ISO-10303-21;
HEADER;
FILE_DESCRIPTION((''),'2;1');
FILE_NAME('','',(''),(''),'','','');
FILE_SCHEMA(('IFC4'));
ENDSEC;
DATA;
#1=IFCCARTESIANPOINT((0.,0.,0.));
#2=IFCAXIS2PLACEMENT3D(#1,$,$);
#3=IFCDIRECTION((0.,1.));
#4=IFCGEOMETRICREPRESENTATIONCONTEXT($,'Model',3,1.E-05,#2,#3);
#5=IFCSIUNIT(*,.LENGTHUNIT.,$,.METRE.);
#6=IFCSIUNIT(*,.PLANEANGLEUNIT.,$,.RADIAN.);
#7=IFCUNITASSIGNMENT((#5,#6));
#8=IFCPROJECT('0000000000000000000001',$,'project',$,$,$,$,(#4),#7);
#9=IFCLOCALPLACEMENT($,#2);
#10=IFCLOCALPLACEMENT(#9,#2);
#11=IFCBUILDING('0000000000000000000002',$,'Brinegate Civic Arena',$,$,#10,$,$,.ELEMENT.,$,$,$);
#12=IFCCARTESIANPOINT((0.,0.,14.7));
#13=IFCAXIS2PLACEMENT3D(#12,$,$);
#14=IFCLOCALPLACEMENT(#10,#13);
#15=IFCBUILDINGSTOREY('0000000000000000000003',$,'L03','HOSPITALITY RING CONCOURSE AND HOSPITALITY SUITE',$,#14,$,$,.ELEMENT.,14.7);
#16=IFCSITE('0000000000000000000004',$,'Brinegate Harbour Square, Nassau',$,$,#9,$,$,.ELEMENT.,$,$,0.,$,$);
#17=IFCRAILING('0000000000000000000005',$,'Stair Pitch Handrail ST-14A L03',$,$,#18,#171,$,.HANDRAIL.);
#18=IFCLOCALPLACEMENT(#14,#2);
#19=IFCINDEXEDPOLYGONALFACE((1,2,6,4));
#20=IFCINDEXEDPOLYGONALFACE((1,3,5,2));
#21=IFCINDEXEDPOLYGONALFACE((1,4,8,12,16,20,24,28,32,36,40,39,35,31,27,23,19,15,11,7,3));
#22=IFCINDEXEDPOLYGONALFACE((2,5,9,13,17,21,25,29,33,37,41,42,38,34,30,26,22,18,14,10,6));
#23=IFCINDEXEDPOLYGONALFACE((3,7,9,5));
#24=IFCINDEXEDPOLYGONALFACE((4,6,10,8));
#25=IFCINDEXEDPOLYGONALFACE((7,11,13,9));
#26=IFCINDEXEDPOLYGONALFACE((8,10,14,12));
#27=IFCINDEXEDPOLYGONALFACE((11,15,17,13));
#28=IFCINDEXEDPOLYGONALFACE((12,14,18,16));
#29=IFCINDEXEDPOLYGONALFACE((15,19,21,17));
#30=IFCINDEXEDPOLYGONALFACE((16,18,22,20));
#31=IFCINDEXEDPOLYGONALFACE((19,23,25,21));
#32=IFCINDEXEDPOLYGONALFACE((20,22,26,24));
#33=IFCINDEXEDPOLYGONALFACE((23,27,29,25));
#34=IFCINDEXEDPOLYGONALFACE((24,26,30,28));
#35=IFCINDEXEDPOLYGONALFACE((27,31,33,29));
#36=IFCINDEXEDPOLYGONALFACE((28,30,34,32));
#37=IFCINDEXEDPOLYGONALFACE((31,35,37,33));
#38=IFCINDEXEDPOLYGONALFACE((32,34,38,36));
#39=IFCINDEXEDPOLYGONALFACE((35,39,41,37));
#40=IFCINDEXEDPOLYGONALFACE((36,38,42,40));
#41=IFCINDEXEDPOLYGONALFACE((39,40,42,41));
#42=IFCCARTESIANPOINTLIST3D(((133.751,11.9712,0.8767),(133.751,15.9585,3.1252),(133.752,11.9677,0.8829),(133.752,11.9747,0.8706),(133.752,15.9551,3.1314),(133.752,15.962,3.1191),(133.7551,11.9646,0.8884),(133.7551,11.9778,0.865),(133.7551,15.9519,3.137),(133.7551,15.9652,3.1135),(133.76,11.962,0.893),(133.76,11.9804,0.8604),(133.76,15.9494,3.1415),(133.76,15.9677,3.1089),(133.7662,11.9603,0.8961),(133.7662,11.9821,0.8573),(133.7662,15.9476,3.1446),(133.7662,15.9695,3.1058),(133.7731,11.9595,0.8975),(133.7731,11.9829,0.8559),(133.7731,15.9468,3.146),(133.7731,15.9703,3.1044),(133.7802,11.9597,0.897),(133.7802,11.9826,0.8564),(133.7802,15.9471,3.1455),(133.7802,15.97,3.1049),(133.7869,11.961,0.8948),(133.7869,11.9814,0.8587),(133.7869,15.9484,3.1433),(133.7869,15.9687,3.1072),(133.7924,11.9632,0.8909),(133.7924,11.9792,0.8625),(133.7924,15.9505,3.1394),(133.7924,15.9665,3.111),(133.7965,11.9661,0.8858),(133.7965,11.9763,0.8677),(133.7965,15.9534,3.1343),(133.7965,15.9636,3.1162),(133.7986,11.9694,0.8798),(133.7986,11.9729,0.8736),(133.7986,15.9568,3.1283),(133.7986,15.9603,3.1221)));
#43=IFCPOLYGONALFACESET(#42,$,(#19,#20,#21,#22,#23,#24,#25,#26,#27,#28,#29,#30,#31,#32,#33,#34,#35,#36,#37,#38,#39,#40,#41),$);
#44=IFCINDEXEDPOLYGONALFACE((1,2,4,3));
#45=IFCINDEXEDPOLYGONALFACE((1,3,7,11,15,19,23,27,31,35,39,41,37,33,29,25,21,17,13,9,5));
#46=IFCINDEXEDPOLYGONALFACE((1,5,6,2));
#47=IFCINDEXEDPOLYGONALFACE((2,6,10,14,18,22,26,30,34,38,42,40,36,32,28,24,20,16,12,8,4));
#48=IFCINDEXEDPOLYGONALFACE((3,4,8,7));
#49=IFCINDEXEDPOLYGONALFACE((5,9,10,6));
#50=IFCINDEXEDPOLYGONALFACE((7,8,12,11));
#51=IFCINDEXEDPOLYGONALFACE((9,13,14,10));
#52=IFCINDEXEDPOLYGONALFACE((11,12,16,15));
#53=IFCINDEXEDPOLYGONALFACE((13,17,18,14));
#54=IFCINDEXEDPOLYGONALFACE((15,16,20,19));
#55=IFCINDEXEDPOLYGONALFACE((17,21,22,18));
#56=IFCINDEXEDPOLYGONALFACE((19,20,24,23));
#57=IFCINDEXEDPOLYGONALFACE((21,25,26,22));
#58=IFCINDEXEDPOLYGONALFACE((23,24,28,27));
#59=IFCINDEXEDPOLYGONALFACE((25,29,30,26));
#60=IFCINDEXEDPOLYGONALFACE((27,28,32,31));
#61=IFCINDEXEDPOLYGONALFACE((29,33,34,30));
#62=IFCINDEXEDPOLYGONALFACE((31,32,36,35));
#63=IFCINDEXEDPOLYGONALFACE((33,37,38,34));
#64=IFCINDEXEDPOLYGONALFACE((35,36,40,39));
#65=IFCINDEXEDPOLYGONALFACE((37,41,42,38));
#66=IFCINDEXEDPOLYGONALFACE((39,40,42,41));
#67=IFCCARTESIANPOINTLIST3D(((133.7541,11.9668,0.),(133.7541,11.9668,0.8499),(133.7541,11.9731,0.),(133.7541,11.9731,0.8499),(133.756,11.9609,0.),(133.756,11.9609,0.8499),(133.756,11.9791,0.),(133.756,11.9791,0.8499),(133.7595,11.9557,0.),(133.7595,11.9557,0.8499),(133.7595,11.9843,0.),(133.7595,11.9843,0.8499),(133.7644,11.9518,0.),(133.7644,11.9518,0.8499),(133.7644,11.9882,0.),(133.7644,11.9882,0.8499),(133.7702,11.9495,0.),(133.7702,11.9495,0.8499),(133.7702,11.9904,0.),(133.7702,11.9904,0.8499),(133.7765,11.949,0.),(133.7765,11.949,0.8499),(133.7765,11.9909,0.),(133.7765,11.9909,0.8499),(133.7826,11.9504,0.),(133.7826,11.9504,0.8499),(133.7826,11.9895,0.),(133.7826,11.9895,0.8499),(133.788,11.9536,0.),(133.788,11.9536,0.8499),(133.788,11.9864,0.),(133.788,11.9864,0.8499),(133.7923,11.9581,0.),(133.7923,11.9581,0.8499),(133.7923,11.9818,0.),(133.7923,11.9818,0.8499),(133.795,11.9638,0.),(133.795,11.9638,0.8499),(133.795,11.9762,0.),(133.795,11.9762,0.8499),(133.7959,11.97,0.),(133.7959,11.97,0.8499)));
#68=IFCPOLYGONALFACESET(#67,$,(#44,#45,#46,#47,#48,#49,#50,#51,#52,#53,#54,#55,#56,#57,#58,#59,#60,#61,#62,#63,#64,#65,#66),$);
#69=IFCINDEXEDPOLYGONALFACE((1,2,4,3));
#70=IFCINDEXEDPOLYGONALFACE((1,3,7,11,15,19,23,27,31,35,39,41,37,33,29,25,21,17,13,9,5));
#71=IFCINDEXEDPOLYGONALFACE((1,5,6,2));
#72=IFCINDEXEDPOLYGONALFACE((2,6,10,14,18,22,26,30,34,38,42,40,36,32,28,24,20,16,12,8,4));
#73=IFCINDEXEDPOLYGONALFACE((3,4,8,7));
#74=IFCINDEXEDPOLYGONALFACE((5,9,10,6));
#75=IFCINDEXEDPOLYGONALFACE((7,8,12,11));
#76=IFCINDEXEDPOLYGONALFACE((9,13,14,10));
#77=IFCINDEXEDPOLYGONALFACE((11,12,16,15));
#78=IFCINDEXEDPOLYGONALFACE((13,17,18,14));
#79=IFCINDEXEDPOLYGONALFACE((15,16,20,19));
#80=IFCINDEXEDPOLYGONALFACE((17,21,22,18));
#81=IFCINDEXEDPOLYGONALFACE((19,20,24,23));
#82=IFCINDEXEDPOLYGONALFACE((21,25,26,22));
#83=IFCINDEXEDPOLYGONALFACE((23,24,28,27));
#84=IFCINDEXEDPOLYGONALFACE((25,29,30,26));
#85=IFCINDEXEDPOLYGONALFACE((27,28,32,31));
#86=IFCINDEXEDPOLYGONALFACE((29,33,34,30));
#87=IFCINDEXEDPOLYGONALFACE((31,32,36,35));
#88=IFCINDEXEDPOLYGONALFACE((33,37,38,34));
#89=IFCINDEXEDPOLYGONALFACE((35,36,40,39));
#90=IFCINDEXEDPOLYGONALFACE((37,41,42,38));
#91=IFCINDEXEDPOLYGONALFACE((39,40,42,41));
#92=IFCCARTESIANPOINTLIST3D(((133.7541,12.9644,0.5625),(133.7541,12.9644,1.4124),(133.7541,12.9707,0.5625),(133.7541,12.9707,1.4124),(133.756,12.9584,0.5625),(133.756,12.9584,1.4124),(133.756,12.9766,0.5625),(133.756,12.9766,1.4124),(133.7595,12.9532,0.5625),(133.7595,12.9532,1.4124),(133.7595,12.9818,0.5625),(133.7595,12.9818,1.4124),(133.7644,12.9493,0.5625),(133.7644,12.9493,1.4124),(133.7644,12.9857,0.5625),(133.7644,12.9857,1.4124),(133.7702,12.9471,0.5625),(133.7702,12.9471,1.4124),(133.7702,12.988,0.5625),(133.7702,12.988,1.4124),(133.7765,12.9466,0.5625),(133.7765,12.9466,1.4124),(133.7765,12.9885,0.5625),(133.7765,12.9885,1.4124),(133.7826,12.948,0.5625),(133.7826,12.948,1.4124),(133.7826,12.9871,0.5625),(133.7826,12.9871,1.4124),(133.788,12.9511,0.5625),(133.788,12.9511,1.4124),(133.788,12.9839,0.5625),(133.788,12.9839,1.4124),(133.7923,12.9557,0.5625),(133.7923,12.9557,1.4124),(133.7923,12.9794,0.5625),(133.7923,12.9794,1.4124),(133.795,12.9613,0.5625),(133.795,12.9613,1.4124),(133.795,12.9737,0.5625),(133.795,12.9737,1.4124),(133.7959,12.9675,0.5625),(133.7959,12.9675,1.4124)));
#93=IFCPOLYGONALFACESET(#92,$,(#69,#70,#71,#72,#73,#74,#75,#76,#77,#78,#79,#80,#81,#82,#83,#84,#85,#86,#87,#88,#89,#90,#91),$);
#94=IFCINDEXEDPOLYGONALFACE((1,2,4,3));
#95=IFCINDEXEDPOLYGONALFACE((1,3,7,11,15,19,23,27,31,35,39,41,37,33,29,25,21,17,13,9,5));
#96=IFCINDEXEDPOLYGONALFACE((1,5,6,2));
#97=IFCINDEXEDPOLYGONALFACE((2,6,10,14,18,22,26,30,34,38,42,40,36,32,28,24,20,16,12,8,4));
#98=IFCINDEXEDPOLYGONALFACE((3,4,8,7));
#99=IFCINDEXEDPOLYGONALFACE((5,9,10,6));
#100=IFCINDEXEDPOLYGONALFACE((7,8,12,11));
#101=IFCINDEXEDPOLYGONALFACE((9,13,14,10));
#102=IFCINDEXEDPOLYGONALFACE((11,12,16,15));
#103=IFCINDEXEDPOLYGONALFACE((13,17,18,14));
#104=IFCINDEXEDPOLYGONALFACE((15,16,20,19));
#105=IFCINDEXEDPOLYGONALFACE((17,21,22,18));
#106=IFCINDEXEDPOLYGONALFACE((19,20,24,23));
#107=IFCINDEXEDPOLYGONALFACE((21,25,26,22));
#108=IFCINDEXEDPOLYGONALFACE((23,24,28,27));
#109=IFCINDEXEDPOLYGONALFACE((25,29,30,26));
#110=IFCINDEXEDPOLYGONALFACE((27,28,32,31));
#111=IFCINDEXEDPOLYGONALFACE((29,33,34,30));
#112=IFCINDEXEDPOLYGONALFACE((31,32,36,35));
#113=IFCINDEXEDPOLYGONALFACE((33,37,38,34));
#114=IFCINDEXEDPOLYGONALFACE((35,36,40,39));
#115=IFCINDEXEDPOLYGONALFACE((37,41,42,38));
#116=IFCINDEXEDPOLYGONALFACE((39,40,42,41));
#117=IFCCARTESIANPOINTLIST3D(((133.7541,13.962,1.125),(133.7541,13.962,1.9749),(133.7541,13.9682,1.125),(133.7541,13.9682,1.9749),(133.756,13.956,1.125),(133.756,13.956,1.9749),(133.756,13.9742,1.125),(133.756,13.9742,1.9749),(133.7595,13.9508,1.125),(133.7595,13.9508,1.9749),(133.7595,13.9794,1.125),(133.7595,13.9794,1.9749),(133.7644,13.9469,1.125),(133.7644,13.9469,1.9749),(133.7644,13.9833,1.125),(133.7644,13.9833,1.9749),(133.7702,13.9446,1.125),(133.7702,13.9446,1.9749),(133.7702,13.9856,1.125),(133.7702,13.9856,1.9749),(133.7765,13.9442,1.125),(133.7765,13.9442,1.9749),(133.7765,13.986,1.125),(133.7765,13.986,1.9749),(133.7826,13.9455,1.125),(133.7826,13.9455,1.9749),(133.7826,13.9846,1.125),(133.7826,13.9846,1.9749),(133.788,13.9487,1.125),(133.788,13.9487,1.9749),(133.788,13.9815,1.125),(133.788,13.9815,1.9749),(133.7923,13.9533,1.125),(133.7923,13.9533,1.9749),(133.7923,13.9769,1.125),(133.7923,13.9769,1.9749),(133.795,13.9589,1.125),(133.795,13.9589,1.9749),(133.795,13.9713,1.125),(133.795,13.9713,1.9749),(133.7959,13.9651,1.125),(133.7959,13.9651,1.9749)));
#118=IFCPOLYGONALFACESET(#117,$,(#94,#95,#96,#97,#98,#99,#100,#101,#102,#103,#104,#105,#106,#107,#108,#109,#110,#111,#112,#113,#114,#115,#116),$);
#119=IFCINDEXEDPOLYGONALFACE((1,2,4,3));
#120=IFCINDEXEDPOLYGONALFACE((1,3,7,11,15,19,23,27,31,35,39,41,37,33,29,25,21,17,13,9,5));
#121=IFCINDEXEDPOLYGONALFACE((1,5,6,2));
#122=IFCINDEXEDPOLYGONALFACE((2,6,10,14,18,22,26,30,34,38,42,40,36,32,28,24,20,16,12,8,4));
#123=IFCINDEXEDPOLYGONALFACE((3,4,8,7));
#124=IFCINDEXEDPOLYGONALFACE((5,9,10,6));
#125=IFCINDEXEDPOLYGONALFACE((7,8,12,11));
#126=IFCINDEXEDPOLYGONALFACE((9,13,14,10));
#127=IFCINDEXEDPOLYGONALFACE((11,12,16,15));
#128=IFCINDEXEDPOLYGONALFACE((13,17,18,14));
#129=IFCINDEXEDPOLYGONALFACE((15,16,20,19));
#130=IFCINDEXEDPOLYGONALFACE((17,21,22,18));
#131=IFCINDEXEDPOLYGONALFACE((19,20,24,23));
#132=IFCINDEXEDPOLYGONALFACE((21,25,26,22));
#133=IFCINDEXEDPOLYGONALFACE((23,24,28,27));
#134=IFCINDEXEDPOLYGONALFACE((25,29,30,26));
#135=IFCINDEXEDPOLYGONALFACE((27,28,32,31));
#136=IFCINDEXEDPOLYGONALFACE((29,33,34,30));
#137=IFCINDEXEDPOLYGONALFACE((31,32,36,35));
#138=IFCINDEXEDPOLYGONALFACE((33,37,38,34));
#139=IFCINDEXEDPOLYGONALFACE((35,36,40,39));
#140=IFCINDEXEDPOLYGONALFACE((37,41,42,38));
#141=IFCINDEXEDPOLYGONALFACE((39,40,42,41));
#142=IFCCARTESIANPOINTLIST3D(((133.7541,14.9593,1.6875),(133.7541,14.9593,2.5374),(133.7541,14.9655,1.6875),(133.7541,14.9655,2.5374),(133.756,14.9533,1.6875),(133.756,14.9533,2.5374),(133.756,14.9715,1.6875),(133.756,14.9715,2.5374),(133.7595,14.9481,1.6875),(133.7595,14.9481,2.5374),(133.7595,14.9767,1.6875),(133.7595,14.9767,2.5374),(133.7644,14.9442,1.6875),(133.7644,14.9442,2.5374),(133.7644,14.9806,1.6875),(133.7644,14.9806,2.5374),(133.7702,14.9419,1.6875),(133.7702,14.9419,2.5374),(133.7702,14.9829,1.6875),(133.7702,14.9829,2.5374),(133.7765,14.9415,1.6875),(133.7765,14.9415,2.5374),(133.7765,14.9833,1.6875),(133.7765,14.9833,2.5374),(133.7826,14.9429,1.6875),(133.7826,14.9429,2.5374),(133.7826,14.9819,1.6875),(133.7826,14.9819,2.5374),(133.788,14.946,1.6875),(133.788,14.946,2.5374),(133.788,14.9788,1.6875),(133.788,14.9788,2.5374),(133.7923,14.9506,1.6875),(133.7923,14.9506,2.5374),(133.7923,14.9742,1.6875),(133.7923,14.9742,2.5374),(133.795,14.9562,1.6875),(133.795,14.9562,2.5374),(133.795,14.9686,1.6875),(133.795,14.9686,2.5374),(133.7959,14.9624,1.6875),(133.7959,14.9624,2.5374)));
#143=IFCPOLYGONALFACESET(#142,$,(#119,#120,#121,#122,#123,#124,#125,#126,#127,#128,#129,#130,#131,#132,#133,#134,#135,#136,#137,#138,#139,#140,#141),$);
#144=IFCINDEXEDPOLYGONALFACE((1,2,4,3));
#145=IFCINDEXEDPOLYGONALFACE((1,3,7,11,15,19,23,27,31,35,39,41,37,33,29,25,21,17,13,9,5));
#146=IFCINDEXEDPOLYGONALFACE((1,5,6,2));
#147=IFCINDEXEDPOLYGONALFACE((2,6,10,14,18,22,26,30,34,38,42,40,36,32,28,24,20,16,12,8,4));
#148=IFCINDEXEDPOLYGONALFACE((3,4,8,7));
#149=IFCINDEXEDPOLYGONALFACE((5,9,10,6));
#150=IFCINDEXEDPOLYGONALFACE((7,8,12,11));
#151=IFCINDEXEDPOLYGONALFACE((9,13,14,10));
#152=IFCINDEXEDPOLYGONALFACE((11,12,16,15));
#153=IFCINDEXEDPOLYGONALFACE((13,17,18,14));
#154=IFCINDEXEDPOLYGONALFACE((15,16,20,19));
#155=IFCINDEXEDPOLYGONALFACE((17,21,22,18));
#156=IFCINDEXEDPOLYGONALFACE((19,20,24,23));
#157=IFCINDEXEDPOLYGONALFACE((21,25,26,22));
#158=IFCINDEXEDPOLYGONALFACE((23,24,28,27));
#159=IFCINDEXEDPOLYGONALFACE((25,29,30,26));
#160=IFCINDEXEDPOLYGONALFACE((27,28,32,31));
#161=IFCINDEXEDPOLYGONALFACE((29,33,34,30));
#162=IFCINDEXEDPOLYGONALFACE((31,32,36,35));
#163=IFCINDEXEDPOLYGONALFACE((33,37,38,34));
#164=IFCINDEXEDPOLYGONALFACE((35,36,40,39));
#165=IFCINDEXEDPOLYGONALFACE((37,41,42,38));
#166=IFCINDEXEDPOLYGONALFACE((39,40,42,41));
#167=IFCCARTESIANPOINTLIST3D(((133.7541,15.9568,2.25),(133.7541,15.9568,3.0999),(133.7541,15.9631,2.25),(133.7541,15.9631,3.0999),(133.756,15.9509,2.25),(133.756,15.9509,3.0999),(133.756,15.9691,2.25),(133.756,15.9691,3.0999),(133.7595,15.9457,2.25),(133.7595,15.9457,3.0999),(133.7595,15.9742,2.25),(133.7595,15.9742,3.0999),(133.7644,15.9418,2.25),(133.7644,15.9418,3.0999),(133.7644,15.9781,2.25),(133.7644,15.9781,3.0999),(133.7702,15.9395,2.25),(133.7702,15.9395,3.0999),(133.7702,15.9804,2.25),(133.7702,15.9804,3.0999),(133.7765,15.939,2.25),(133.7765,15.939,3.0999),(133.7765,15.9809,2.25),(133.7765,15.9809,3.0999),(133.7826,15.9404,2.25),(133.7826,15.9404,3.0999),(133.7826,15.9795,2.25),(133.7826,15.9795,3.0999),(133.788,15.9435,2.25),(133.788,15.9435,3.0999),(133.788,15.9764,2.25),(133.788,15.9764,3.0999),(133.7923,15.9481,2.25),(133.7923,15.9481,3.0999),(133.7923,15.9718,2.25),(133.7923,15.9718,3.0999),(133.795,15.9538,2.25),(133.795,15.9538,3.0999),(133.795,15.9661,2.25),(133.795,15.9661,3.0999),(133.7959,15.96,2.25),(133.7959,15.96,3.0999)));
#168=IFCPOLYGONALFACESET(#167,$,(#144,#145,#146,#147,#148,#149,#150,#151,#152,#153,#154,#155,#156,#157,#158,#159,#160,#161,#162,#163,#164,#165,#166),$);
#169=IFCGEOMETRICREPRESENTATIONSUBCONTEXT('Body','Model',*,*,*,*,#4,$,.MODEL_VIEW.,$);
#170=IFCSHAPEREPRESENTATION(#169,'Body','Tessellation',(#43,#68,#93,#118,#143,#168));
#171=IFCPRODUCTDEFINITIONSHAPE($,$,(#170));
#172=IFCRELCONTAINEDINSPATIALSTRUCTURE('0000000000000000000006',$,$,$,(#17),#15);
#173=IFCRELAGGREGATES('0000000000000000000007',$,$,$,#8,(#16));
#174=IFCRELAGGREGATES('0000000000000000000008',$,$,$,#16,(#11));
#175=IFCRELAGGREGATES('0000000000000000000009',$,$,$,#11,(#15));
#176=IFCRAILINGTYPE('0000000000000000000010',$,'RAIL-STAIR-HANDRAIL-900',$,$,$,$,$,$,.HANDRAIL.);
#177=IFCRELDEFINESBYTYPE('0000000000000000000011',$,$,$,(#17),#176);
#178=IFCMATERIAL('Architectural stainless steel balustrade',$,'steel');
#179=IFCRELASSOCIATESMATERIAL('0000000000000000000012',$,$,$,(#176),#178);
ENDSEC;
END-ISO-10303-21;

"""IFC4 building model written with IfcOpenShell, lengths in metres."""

from ifc_helpers import new_model, si_unit, direction, frame, origin, origin_2d, place, context, subcontext, project, spatial, circle, extrude, material, type_object, element, save


model = new_model("IFC4")

# Units and contexts
model_context = context("Model", 3, precision=1e-05, world=origin(), true_north=direction((0.0, 1.0)))
body_context = subcontext(model_context, "Body", "Model", "MODEL_VIEW")
ifc_project = project(units=[si_unit("LENGTHUNIT", "METRE"), si_unit("PLANEANGLEUNIT", "RADIAN")], contexts=[model_context])

# Site, building, storey
site_placement = place(None, origin())
site = spatial("IfcSite", under=ifc_project, at=site_placement, Name="Brinegate Harbour Square, Nassau", CompositionType="ELEMENT", RefElevation=0.0)
building_placement = place(site_placement, origin())
building = spatial("IfcBuilding", under=site, at=building_placement, Name="Brinegate Civic Arena", CompositionType="ELEMENT")
storey_placement = place(building_placement, frame((0.0, 0.0, 14.7)))
storey = spatial("IfcBuildingStorey", under=building, at=storey_placement, Name="L03", Description="HOSPITALITY RING CONCOURSE AND HOSPITALITY SUITE", CompositionType="ELEMENT", Elevation=14.7)

# Railing
ifc_material_1 = material(Name="Architectural stainless steel balustrade", Category="steel")
railing_type_1 = type_object("IfcRailingType", Name="RAIL-STAIR-HANDRAIL-900", PredefinedType="HANDRAIL", material=ifc_material_1)
for number, where, name in (
    (1, (133.7749, 11.97, 0.0), "Stair Pitch Handrail ST-14A L03"),
):
    element("IfcRailing", number, at=place(storey_placement, frame(where)), inside=storey, type_object=railing_type_1, Name=name, PredefinedType="HANDRAIL", context=body_context, shape_type="SweptSolid", body=[
        extrude(circle(Radius=0.0239, at=origin_2d()), frame((0.0, 0.0012, 0.8767), z_axis=(0.0, 0.87105, 0.491195), x_axis=(-1.0, 0.0, 0.0)), (0.0, 0.0, 1.0), 4.5776),
        extrude(circle(Radius=0.021, at=origin_2d()), origin(), (0.0, 0.0, 1.0), 0.8499),
        extrude(circle(Radius=0.021, at=origin_2d()), frame((0.0, 0.9976, 0.5625)), (0.0, 0.0, 1.0), 0.8499),
        extrude(circle(Radius=0.021, at=origin_2d()), frame((0.0, 1.9951, 1.125)), (0.0, 0.0, 1.0), 0.8499),
        extrude(circle(Radius=0.021, at=origin_2d()), frame((0.0, 2.9924, 1.6875)), (0.0, 0.0, 1.0), 0.8499),
        extrude(circle(Radius=0.021, at=origin_2d()), frame((0.0, 3.99, 2.25)), (0.0, 0.0, 1.0), 0.8499),
    ])

save(model, "model.ifc")
